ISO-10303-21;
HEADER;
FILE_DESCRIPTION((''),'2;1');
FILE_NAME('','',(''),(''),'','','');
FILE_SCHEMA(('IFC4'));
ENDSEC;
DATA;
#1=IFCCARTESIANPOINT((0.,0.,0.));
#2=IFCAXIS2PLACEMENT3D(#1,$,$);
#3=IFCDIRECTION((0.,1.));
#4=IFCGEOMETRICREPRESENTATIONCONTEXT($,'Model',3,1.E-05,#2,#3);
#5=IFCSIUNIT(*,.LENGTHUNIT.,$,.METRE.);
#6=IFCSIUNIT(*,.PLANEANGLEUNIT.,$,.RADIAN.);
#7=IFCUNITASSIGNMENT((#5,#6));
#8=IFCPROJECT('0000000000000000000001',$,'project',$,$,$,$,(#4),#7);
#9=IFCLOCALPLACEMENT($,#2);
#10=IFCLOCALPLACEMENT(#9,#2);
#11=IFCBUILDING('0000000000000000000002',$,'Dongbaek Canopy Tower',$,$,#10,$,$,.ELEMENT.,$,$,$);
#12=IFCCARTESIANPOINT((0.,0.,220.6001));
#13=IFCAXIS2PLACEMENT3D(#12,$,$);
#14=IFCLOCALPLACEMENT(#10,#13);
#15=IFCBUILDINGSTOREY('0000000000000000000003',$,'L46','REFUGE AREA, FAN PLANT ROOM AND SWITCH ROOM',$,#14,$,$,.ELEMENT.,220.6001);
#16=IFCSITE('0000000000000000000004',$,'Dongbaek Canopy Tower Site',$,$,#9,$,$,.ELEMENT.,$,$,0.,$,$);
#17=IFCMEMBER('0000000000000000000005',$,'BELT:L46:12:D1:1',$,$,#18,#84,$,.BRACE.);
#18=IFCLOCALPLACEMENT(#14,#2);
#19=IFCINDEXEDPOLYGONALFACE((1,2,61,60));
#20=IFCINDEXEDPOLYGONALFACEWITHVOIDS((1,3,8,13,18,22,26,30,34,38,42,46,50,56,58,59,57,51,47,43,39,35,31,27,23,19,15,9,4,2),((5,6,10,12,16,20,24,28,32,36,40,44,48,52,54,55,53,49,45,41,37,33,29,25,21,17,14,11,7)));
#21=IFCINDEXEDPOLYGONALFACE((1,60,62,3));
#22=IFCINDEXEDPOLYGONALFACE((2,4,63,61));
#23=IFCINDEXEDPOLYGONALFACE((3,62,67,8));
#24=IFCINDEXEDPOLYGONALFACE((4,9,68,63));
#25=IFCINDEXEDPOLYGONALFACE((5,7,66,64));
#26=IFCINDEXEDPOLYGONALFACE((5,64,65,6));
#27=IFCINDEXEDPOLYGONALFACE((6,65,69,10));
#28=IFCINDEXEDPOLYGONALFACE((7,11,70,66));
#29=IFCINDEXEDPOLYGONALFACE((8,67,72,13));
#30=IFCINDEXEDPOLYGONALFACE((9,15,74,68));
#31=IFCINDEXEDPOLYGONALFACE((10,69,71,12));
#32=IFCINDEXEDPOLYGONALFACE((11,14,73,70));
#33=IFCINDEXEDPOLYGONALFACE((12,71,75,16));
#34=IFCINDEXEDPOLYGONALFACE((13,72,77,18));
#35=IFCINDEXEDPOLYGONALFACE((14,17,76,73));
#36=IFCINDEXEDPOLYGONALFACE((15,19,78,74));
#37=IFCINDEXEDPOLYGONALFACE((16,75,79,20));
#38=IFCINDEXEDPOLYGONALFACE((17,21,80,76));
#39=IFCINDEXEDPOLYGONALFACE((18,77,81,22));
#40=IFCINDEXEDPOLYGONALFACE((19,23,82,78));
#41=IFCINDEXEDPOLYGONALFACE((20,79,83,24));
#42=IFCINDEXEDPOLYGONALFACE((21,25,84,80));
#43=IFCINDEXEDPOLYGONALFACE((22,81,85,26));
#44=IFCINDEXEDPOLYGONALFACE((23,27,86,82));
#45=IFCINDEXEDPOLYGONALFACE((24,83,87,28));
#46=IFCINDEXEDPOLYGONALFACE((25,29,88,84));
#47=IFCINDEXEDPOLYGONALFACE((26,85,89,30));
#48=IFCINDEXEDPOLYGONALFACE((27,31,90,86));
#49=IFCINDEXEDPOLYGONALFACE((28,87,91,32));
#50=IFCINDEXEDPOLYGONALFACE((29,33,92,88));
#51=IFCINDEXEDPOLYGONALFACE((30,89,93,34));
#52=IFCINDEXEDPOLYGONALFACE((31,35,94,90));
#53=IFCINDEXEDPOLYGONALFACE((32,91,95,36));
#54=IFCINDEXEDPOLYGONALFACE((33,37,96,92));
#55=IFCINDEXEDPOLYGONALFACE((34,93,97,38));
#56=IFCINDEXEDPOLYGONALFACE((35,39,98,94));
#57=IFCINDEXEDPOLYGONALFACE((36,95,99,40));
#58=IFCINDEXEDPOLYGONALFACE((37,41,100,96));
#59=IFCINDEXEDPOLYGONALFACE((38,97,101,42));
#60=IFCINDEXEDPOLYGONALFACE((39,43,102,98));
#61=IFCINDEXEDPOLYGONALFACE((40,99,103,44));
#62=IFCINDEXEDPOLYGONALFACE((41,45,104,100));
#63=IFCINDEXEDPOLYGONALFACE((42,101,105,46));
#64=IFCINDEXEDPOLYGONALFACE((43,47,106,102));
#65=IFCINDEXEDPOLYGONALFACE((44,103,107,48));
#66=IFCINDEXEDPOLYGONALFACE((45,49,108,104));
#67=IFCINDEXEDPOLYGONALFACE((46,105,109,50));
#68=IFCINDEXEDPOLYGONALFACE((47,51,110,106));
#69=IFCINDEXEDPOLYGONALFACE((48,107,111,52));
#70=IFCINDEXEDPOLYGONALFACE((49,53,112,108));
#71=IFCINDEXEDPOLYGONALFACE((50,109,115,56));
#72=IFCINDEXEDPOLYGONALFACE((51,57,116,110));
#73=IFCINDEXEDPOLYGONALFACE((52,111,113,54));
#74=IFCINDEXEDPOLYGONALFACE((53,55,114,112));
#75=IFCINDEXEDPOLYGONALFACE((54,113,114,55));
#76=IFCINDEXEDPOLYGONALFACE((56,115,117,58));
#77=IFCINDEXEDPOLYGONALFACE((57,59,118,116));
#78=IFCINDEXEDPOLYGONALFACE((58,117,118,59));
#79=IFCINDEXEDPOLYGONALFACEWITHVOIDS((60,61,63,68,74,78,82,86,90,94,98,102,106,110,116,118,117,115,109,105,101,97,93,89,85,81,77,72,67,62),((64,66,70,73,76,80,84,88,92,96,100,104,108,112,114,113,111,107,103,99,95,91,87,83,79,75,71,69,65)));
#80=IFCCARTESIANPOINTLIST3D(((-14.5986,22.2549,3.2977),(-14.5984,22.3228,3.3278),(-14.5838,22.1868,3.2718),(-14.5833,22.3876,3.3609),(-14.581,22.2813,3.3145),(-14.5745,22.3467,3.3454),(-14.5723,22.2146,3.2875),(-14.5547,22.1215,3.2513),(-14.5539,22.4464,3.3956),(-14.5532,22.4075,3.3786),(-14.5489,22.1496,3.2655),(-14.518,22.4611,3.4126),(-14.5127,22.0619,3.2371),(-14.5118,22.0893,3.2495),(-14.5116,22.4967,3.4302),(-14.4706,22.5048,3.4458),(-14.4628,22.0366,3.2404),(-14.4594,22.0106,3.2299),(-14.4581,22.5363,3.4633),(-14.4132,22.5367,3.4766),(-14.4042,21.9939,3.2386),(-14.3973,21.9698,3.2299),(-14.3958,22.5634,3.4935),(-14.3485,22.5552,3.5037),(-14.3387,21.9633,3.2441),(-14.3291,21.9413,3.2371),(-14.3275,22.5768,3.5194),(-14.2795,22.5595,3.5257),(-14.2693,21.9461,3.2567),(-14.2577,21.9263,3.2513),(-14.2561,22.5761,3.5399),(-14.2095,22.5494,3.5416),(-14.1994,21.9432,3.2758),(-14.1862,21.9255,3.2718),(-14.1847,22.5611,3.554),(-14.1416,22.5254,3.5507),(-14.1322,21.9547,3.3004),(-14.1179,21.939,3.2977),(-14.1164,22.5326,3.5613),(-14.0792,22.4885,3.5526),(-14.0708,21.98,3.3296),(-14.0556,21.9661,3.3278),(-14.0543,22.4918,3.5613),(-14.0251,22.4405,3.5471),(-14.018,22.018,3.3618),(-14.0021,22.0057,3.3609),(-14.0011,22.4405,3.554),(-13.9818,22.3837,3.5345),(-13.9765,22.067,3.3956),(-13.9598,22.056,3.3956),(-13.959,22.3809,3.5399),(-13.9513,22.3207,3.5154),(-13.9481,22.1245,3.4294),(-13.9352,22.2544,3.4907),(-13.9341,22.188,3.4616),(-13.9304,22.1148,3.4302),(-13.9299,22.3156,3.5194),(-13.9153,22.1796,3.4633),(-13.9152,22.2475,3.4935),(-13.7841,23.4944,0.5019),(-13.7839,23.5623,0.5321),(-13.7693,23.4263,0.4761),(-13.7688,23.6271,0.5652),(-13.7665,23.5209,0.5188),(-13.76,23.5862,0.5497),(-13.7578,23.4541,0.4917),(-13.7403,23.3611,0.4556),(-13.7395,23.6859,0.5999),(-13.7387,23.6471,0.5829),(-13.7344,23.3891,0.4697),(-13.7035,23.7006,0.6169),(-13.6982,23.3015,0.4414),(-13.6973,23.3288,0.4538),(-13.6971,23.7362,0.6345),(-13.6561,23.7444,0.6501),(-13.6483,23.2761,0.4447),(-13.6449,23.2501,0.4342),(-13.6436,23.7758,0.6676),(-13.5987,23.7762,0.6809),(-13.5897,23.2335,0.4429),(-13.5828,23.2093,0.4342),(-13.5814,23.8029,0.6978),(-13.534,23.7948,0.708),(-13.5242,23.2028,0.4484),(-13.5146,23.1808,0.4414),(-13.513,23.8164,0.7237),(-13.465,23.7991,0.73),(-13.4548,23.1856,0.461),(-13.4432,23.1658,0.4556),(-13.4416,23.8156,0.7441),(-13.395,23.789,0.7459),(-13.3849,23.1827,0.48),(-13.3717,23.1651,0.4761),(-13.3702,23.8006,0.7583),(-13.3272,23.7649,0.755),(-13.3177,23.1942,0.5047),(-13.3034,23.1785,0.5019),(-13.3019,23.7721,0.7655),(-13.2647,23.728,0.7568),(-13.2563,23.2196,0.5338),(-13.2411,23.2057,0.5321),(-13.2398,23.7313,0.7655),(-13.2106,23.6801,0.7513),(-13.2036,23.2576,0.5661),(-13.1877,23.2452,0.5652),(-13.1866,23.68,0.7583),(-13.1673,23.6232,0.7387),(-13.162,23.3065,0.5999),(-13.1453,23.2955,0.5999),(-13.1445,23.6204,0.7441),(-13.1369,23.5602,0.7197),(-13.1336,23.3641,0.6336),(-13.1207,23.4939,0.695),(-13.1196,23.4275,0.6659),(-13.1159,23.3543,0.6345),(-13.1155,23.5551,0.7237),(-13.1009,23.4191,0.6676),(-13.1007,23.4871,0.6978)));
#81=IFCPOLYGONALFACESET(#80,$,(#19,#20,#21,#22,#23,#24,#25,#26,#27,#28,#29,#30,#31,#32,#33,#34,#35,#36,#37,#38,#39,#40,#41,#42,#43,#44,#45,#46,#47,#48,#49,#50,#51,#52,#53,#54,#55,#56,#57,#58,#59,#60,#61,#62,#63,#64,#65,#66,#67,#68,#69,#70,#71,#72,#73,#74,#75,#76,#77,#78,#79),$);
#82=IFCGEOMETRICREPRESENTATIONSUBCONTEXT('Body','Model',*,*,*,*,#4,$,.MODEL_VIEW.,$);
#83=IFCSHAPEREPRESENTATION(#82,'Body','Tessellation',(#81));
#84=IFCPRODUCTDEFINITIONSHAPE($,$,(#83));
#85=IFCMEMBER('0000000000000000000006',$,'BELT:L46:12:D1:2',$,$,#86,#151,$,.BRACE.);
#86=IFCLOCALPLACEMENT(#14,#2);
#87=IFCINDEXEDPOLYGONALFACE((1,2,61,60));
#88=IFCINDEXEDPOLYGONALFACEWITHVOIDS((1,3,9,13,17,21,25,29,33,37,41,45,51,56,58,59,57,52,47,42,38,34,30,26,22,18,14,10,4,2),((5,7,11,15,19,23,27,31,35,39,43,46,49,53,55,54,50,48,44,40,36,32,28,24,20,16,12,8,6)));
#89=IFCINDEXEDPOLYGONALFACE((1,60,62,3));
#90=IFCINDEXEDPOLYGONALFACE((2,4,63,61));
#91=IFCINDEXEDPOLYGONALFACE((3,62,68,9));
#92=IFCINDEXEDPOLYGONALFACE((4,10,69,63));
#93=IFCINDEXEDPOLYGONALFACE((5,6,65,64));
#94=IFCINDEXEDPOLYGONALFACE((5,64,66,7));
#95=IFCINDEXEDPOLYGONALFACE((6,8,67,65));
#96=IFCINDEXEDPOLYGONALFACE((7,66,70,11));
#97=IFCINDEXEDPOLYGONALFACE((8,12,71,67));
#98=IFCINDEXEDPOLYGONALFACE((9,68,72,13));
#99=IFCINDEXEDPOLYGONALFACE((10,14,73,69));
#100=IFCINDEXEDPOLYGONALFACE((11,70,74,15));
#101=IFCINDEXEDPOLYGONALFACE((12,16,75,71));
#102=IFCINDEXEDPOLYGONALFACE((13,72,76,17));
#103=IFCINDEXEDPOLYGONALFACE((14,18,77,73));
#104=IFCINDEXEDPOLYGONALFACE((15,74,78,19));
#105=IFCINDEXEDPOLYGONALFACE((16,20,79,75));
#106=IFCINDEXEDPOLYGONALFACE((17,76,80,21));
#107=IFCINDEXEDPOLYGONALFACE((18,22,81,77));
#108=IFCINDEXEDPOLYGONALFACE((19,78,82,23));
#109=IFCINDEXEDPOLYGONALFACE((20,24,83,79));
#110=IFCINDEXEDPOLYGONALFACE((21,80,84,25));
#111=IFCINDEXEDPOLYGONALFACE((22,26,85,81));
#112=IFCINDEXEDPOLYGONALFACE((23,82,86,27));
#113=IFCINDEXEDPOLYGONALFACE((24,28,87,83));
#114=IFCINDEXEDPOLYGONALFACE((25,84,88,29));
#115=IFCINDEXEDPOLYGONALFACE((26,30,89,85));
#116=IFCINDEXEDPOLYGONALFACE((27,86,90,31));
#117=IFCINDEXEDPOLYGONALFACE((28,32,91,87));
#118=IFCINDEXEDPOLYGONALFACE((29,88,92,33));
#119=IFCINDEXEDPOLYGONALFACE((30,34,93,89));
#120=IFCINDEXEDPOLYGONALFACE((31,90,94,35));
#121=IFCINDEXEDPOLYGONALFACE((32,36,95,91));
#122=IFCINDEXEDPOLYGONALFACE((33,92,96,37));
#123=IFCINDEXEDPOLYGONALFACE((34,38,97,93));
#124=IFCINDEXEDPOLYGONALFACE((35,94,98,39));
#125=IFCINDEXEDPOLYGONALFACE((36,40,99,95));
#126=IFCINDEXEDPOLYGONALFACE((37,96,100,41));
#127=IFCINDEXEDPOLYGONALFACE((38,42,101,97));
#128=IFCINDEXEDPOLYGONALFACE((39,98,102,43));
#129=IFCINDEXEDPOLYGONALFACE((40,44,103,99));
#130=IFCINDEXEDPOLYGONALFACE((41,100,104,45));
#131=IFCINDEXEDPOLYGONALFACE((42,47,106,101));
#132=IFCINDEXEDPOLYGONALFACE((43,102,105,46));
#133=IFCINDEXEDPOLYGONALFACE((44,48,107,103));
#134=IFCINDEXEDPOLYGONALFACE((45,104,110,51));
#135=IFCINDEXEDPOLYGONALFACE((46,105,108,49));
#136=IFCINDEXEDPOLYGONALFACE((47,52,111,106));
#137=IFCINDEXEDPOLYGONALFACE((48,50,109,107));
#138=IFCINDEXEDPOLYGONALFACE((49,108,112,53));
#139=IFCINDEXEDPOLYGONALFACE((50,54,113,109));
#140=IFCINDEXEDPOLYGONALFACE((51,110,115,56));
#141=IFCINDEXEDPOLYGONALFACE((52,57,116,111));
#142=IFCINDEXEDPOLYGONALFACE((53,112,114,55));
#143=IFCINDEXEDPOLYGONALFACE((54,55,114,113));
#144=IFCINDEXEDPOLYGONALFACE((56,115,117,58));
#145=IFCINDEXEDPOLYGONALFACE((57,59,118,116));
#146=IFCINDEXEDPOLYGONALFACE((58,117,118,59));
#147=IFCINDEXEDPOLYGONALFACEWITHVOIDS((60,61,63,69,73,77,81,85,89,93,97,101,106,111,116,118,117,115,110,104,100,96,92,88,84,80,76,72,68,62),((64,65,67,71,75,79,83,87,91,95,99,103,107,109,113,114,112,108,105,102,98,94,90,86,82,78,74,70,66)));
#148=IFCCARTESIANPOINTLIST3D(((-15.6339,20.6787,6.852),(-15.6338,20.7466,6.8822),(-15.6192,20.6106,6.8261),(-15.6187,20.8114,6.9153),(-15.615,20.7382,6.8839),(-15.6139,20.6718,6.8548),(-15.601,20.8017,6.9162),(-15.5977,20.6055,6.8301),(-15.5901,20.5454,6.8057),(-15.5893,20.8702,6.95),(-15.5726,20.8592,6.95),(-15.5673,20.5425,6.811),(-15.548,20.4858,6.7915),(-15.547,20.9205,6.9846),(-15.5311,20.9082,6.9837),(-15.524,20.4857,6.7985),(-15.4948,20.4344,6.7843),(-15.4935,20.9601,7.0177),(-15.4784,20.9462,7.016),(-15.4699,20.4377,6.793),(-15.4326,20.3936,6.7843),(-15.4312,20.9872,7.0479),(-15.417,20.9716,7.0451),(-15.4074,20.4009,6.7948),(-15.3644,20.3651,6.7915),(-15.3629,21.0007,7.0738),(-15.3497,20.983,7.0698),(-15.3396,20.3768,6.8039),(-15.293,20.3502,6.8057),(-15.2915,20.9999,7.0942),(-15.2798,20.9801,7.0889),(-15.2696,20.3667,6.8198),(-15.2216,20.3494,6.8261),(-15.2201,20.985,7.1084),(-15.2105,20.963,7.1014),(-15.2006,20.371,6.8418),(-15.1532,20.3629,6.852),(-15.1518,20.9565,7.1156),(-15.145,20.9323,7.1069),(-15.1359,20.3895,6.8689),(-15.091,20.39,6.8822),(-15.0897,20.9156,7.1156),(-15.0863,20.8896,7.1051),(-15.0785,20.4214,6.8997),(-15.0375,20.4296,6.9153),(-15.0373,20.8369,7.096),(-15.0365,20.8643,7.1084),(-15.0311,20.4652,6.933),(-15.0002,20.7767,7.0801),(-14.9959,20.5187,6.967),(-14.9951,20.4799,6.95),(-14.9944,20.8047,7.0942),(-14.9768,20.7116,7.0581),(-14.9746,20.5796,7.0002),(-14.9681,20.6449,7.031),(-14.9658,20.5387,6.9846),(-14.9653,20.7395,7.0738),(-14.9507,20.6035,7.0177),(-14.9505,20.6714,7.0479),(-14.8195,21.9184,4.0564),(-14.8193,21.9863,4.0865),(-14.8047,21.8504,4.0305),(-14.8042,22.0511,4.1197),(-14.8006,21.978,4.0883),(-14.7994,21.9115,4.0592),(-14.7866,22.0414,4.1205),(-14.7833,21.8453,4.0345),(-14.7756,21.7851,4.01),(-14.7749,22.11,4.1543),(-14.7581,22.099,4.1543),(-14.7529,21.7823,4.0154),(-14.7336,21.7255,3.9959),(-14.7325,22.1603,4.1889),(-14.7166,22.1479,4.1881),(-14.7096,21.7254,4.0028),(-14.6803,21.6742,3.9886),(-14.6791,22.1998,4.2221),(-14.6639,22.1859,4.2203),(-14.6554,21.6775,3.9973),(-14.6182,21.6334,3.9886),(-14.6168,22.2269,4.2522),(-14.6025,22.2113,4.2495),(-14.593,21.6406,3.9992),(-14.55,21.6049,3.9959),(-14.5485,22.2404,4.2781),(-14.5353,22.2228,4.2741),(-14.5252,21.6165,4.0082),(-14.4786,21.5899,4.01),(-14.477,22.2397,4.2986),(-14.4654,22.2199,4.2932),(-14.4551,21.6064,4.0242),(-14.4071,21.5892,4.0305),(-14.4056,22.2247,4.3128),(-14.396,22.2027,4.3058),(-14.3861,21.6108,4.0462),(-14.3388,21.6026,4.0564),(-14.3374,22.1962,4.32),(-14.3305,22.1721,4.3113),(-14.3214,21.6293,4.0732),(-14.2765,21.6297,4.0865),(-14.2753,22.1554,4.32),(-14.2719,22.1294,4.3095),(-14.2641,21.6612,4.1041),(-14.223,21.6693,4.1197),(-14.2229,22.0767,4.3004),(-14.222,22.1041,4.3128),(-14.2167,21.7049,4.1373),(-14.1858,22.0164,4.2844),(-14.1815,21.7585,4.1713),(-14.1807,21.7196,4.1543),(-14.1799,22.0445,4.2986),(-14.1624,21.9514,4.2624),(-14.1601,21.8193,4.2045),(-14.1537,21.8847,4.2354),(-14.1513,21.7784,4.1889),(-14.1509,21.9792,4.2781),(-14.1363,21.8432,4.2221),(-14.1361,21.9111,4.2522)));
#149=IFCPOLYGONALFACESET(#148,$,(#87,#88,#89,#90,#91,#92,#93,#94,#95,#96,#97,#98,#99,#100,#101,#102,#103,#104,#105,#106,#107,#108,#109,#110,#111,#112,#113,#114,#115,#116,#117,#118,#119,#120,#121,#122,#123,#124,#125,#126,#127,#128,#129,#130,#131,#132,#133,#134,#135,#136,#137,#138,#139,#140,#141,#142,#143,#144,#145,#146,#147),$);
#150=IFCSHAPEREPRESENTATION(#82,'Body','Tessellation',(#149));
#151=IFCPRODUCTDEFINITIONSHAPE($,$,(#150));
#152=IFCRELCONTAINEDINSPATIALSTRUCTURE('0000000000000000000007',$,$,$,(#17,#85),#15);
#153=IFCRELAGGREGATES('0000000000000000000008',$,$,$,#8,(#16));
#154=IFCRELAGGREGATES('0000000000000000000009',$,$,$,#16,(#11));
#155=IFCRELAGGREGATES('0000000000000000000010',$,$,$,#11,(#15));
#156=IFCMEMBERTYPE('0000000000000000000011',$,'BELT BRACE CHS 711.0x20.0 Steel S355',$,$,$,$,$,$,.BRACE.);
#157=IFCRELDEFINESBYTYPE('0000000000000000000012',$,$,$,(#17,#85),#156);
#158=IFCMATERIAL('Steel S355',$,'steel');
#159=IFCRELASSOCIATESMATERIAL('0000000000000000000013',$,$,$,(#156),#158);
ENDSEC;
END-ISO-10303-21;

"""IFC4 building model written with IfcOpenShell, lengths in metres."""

from ifc_helpers import new_model, si_unit, direction, frame, origin, origin_2d, place, context, subcontext, project, spatial, hollow_circle, extrude, material, material_profile, profile_set, type_object, element, save


model = new_model("IFC4")

# Units and contexts
model_context = context("Model", 3, precision=1e-05, world=origin(), true_north=direction((0.0, 1.0)))
body_context = subcontext(model_context, "Body", "Model", "MODEL_VIEW")
ifc_project = project(units=[si_unit("LENGTHUNIT", "METRE"), si_unit("PLANEANGLEUNIT", "RADIAN")], contexts=[model_context])

# Site, building, storey
site_placement = place(None, origin())
site = spatial("IfcSite", under=ifc_project, at=site_placement, Name="Dongbaek Canopy Tower Site", CompositionType="ELEMENT", RefElevation=0.0)
building_placement = place(site_placement, origin())
building = spatial("IfcBuilding", under=site, at=building_placement, Name="Dongbaek Canopy Tower", CompositionType="ELEMENT")
storey_placement = place(building_placement, frame((0.0, 0.0, 220.6001)))
storey = spatial("IfcBuildingStorey", under=building, at=storey_placement, Name="L46", Description="REFUGE AREA, FAN PLANT ROOM AND SWITCH ROOM", CompositionType="ELEMENT", Elevation=220.6001)

# Members
ifc_material_1 = material(Name="Steel S355", Category="steel")
ifc_material_profile_1 = material_profile(ifc_material_1, hollow_circle(Radius=0.3555, WallThickness=0.02, at=origin_2d()), Name="BELT BRACE CHS 711.0x20.0 Steel S355")
ifc_profile_set_1 = profile_set([ifc_material_profile_1], Name="Steel S355")
member_type_1 = type_object("IfcMemberType", Name="BELT BRACE CHS 711.0x20.0 Steel S355", PredefinedType="BRACE", material=ifc_profile_set_1)
for number, where, z_axis, x_axis, name in (
    (1, (-13.4424, 23.4907, 0.5999), (-0.257355, -0.391664, 0.883384), (0.835729, -0.549142, 0.0), "BELT:L46:12:D1:1"),
    (2, (-15.2922, 20.675, 6.95), (0.257347, 0.391729, -0.883358), (-0.835779, 0.549066, 0.0), "BELT:L46:12:D1:2"),
):
    element("IfcMember", number, at=place(storey_placement, frame(where, z_axis=z_axis, x_axis=x_axis)), inside=storey, type_object=member_type_1, Name=name, PredefinedType="BRACE", context=body_context, shape_type="SweptSolid", body=[
        extrude(hollow_circle(Radius=0.3555, WallThickness=0.02, at=origin_2d()), origin(), (0.0, 0.0, 1.0), 3.1648),
    ])

save(model, "model.ifc")
